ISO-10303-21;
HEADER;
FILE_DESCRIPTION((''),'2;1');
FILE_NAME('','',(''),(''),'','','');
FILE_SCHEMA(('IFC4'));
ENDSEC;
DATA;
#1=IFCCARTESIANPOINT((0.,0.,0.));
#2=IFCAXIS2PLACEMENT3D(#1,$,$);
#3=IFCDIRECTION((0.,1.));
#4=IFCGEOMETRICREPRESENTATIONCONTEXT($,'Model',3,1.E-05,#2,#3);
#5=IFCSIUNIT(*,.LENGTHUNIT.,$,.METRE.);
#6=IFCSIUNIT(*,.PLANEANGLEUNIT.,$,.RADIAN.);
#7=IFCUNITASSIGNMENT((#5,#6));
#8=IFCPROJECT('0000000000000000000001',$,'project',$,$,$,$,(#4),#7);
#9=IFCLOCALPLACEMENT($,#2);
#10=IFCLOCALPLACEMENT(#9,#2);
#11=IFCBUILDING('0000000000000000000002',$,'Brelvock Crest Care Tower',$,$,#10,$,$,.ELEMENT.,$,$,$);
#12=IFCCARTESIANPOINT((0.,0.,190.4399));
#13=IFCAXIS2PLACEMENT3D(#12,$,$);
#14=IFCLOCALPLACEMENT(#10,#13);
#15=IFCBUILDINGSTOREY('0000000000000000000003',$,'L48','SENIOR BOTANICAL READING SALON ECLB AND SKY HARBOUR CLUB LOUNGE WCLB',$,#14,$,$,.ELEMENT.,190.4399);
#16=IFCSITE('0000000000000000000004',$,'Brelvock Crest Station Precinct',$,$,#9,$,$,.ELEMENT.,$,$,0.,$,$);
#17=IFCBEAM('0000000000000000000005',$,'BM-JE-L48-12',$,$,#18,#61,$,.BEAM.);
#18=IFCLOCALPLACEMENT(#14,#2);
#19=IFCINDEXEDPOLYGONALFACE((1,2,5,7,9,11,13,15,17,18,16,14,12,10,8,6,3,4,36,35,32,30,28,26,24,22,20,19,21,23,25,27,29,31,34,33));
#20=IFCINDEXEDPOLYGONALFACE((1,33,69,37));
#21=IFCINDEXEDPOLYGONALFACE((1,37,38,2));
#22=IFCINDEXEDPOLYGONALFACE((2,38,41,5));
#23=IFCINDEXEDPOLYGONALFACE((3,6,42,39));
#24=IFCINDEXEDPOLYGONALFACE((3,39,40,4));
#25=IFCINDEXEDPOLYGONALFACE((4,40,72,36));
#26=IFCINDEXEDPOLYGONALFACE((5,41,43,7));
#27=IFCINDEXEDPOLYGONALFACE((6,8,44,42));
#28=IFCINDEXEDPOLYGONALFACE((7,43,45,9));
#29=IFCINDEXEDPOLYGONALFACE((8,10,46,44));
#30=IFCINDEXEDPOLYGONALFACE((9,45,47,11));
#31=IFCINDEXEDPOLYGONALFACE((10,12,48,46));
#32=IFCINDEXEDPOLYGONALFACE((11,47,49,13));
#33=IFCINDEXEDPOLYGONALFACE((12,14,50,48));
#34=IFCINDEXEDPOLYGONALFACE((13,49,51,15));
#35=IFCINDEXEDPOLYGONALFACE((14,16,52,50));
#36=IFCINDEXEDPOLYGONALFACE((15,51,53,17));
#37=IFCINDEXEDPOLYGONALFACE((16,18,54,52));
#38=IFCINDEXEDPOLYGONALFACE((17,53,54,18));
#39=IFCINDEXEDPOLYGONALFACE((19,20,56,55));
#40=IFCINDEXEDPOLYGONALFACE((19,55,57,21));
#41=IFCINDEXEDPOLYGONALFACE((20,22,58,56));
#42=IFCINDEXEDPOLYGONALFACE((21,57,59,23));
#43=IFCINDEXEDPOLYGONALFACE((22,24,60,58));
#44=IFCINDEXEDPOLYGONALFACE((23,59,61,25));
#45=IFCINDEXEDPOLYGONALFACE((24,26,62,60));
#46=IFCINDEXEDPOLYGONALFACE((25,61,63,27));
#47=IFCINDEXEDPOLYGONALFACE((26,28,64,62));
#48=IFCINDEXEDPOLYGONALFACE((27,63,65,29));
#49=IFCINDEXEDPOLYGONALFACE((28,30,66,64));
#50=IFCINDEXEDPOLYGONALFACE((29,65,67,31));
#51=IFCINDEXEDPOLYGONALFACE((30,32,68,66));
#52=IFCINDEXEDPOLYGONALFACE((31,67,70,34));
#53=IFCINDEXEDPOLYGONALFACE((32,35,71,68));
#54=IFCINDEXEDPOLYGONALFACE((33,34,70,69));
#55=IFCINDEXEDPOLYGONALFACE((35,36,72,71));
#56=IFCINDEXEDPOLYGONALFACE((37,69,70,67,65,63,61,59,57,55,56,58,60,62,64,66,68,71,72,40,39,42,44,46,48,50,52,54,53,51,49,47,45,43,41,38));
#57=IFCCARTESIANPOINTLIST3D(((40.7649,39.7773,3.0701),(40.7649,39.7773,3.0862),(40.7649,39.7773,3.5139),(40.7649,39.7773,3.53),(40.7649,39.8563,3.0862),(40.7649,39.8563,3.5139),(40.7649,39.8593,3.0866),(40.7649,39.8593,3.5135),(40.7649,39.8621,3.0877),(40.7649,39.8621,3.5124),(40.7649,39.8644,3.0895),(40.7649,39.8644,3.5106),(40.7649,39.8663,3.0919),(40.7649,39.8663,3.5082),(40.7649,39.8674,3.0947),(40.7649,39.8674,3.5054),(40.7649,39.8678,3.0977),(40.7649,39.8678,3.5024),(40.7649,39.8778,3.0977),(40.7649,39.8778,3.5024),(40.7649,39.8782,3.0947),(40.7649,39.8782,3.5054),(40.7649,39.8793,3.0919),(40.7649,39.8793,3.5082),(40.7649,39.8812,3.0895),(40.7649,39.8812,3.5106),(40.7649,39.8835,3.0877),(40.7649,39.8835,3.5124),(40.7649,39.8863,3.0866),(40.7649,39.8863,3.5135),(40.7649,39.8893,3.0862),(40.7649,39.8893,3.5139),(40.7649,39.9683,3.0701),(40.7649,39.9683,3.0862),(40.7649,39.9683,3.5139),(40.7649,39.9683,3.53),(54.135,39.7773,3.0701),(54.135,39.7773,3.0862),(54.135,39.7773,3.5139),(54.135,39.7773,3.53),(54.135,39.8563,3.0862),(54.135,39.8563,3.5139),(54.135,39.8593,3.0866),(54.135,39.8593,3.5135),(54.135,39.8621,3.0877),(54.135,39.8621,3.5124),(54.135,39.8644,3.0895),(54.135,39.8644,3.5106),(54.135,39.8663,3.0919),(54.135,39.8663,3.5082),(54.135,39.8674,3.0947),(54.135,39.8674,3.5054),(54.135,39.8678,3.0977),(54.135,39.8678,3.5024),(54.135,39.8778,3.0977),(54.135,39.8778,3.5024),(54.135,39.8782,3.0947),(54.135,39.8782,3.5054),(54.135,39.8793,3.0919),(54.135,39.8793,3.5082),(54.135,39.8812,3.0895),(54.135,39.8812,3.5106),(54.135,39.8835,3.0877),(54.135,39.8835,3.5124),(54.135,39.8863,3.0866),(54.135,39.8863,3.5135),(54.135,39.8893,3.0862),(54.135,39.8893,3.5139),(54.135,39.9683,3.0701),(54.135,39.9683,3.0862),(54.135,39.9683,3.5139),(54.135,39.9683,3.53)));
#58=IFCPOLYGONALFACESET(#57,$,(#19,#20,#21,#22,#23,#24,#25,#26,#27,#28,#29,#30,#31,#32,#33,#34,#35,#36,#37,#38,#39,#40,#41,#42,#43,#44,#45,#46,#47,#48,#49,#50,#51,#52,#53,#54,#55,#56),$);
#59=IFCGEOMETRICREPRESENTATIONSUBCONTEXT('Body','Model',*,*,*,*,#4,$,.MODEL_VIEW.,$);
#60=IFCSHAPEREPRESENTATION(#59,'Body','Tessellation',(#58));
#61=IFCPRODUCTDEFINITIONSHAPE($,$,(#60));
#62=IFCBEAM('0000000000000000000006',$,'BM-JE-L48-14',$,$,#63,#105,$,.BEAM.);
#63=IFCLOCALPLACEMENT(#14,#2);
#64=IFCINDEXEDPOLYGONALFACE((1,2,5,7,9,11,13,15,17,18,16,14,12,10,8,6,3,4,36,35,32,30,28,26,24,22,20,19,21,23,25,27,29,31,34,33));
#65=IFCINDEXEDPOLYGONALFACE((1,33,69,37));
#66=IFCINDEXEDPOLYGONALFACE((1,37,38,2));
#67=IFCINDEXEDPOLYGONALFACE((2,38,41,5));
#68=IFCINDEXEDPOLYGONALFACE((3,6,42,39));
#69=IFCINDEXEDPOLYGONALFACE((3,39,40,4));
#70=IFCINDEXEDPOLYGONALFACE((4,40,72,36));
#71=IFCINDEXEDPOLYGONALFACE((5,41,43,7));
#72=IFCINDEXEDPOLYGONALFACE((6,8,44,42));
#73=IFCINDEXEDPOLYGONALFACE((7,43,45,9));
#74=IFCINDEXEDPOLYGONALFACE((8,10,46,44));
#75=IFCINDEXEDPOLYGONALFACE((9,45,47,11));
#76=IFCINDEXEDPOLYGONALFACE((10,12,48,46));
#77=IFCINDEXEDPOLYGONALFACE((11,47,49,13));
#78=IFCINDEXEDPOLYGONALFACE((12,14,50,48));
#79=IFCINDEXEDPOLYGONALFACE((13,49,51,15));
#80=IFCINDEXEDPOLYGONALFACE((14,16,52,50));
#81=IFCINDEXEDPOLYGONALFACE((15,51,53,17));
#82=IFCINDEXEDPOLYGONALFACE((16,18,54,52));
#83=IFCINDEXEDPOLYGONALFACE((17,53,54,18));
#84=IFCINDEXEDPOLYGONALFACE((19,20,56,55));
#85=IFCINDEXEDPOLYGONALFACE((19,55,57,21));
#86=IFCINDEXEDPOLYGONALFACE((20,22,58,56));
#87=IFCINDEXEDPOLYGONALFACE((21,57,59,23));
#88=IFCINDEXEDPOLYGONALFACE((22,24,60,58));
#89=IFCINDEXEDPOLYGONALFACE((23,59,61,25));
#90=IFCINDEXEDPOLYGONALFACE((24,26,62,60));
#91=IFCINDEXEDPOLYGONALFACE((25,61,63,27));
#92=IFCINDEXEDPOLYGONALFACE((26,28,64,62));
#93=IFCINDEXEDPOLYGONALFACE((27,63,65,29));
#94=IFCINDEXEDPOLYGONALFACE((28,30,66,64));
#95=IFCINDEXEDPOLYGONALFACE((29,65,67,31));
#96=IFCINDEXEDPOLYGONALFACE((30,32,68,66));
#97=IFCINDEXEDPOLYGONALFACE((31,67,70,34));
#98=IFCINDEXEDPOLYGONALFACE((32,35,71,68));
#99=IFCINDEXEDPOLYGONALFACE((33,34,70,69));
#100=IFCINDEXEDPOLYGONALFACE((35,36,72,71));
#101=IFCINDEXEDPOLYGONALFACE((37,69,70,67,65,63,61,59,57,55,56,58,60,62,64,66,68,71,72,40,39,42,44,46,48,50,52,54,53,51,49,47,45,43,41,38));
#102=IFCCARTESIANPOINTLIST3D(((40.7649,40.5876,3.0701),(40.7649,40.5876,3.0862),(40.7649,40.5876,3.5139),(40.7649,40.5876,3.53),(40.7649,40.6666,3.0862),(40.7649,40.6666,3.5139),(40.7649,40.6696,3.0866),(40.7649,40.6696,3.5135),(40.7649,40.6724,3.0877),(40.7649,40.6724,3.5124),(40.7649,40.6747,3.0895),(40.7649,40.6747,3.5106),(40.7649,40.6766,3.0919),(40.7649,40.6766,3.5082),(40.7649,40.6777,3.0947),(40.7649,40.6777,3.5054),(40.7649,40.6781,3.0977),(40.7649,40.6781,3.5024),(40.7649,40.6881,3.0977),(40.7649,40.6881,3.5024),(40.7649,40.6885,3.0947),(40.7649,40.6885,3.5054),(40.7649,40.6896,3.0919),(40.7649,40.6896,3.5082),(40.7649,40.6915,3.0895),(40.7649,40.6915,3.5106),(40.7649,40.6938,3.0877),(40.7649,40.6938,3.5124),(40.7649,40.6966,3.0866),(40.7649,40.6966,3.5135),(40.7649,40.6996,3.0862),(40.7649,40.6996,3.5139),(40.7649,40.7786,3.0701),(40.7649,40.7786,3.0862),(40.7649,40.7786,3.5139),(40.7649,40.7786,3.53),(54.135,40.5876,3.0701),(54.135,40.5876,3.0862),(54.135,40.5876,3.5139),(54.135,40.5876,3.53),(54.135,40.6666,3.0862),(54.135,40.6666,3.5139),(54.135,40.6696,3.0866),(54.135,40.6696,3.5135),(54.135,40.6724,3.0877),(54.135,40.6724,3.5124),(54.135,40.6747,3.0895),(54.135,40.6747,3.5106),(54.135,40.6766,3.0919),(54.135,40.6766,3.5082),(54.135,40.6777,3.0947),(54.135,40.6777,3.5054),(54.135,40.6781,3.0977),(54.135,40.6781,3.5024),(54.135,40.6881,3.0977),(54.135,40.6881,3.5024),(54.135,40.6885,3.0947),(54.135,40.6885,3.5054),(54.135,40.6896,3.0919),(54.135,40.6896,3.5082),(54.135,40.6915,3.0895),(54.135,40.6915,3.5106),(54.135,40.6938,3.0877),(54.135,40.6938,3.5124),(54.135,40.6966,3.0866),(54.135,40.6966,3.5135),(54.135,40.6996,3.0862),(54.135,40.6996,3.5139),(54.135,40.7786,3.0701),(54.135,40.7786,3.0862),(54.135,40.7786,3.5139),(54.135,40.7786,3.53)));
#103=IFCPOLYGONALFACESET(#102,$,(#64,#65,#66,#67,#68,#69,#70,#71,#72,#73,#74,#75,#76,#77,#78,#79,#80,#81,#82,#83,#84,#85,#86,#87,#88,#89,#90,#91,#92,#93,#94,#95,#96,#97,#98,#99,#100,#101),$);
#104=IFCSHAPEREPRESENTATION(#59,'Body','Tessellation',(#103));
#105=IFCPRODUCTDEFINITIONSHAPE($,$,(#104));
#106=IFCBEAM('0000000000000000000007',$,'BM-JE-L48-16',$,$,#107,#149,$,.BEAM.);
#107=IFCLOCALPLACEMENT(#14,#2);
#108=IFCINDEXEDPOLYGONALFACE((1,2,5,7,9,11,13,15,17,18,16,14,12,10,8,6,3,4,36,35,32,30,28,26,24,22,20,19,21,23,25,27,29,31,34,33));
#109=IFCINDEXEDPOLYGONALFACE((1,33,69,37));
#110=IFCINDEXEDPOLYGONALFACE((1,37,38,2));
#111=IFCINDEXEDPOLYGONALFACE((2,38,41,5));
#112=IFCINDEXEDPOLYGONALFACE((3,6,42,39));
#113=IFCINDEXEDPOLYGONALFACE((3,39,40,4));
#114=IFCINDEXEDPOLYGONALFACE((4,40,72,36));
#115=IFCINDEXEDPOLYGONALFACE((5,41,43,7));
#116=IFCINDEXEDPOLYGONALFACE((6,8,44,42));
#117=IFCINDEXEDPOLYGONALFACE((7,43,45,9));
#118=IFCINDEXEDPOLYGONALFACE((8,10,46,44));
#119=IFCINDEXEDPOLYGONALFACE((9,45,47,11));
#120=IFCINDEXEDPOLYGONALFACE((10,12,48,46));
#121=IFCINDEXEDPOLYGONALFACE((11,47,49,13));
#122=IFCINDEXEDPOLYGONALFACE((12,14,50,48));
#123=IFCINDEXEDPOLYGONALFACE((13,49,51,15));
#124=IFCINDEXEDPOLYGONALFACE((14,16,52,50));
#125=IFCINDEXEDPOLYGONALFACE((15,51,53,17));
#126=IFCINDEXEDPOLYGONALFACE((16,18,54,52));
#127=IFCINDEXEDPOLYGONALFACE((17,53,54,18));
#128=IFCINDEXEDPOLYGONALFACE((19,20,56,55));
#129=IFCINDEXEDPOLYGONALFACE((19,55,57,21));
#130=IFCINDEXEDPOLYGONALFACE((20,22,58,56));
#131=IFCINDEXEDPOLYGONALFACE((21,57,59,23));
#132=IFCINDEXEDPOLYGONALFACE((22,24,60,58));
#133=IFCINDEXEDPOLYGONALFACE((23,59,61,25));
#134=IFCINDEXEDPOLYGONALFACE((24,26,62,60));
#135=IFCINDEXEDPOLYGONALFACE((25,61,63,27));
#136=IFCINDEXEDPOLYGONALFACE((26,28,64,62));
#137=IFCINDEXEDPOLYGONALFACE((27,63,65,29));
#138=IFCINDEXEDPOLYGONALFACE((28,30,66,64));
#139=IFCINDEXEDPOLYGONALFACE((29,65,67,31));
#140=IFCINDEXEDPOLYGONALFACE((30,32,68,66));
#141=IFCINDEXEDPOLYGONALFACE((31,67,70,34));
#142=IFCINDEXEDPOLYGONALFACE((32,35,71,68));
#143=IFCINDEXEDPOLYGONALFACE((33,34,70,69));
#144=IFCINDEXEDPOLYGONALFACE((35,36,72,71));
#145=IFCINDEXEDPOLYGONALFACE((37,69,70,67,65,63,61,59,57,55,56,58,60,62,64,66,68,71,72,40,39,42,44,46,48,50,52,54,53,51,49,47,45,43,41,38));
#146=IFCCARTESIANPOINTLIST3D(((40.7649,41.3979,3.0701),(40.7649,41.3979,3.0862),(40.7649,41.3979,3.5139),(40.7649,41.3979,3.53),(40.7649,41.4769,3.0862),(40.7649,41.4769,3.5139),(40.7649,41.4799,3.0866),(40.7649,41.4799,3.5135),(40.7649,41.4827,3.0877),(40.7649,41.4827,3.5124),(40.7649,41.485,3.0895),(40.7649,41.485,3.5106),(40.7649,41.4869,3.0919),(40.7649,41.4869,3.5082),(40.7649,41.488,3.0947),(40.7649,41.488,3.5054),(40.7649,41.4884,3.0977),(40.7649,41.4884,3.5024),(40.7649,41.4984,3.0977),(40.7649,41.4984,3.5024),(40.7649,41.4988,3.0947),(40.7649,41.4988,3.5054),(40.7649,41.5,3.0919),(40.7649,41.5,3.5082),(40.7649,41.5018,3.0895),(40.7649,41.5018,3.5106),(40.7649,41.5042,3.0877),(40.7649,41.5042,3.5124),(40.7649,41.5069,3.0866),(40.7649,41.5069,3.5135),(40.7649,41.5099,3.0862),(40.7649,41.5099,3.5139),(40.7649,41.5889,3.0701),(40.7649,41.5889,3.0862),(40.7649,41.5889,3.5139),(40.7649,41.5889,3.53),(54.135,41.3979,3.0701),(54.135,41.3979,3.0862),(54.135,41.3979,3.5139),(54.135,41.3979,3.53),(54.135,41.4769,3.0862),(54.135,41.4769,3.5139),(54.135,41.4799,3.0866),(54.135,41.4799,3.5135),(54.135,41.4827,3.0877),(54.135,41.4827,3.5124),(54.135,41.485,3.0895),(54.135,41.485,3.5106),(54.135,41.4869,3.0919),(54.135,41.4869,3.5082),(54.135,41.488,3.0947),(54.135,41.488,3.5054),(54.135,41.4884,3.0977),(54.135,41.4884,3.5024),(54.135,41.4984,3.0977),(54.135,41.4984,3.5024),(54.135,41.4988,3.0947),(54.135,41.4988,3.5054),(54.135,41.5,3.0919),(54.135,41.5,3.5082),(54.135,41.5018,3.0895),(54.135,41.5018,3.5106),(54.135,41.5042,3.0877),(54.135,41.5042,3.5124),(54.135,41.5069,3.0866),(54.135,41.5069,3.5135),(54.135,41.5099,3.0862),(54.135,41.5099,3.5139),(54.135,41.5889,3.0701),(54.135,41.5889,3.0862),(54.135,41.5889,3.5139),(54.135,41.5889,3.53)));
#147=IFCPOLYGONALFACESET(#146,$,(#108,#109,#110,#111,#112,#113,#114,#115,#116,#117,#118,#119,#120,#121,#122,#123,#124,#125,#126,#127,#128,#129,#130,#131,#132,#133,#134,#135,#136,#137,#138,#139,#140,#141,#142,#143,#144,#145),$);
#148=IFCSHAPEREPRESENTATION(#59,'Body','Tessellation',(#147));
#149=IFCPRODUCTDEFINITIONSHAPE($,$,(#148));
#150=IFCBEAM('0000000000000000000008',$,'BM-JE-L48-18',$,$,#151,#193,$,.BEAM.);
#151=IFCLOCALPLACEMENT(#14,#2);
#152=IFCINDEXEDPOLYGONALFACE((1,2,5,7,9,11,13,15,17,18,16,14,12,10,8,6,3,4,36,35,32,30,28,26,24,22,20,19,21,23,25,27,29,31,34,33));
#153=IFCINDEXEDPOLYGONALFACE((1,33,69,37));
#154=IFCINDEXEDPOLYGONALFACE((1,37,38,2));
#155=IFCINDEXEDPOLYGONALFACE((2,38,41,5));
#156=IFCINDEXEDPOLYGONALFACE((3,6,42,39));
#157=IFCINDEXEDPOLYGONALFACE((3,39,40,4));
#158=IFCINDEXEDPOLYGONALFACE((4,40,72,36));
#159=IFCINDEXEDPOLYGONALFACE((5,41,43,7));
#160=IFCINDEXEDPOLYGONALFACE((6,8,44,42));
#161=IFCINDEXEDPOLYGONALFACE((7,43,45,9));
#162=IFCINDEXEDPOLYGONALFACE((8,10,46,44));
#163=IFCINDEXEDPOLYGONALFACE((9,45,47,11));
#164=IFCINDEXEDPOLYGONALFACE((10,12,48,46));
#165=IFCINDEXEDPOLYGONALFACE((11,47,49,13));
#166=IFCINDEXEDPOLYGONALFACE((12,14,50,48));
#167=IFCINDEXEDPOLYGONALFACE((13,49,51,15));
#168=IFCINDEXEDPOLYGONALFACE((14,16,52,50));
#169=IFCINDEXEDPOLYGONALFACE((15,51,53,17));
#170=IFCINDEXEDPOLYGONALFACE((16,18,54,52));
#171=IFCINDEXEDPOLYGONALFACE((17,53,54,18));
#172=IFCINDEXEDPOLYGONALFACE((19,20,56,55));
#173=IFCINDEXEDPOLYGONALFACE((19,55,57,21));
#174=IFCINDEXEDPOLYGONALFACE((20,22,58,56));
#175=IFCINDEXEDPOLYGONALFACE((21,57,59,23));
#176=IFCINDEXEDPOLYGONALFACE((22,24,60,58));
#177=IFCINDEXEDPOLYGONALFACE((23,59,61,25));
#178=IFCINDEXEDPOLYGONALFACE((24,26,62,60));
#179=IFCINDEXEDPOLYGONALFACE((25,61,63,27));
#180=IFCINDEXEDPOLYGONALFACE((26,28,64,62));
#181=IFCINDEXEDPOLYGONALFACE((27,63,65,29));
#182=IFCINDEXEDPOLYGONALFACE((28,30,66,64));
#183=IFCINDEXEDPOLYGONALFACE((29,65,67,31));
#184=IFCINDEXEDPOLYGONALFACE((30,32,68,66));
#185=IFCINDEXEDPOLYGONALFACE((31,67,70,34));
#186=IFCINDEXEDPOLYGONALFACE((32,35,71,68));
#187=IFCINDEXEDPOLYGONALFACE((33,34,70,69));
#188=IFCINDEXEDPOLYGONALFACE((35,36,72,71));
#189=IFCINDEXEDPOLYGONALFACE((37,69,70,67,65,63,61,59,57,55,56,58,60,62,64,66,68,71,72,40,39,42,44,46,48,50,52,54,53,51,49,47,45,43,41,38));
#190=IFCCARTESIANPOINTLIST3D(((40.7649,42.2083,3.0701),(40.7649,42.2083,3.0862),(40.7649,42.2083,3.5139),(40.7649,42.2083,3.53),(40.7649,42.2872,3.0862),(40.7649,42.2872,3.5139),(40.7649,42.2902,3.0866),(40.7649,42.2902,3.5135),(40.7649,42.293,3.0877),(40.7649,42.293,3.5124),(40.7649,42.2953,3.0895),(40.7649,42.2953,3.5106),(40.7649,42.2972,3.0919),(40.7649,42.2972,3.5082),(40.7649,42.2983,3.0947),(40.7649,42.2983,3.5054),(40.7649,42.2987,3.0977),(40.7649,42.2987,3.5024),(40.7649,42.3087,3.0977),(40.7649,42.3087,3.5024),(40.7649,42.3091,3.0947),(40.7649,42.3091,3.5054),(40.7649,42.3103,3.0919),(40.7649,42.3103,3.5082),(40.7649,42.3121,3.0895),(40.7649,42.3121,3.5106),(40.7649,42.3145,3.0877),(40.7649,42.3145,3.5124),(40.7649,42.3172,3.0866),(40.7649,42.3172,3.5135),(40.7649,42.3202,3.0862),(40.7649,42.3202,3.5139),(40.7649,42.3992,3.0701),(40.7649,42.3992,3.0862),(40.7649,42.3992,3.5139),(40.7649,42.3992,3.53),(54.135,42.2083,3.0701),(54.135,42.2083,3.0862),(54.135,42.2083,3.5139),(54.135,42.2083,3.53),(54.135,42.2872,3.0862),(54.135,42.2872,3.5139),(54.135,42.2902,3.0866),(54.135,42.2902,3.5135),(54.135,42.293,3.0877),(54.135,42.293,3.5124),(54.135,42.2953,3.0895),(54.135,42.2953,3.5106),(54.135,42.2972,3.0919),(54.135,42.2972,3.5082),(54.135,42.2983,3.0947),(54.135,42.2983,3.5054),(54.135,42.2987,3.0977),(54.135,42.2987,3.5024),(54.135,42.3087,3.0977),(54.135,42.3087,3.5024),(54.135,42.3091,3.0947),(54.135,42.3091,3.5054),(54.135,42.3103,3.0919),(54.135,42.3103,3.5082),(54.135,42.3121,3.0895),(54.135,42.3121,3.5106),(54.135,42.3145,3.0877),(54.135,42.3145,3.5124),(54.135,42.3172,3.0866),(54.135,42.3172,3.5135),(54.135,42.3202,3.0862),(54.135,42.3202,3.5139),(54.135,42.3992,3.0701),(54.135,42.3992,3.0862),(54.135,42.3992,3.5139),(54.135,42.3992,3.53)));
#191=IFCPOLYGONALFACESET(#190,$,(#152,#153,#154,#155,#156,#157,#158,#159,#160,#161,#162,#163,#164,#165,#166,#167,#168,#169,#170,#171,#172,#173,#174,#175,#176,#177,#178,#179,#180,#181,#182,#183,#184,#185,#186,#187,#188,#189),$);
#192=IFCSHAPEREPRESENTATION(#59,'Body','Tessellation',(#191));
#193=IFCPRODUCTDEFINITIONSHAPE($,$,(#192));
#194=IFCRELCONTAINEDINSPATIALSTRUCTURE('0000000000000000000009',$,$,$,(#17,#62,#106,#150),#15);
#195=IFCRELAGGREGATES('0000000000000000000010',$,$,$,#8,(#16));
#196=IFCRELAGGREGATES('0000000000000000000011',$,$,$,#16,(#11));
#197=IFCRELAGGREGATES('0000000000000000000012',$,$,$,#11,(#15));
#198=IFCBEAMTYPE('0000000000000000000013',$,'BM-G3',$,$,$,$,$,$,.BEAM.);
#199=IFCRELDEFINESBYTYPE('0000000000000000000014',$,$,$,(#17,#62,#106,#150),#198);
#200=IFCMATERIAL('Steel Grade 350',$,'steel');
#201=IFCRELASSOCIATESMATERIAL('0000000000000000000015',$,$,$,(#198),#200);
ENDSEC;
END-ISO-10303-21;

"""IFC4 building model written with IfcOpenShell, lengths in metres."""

from ifc_helpers import new_model, si_unit, direction, frame, origin, origin_2d, place, context, subcontext, project, spatial, i_section, extrude, source, transform, mapped, material, material_profile, profile_set, type_object, element, save


model = new_model("IFC4")

# Units and contexts
model_context = context("Model", 3, precision=1e-05, world=origin(), true_north=direction((0.0, 1.0)))
body_context = subcontext(model_context, "Body", "Model", "MODEL_VIEW")
ifc_project = project(units=[si_unit("LENGTHUNIT", "METRE"), si_unit("PLANEANGLEUNIT", "RADIAN")], contexts=[model_context])

# Site, building, storey
site_placement = place(None, origin())
site = spatial("IfcSite", under=ifc_project, at=site_placement, Name="Brelvock Crest Station Precinct", CompositionType="ELEMENT", RefElevation=0.0)
building_placement = place(site_placement, origin())
building = spatial("IfcBuilding", under=site, at=building_placement, Name="Brelvock Crest Care Tower", CompositionType="ELEMENT")
storey_placement = place(building_placement, frame((0.0, 0.0, 190.4399)))
storey = spatial("IfcBuildingStorey", under=building, at=storey_placement, Name="L48", Description="SENIOR BOTANICAL READING SALON ECLB AND SKY HARBOUR CLUB LOUNGE WCLB", CompositionType="ELEMENT", Elevation=190.4399)

# Beams
ifc_material_1 = material(Name="Steel Grade 350", Category="steel")
ifc_material_profile_1 = material_profile(ifc_material_1, i_section(OverallWidth=0.1909, OverallDepth=0.46, WebThickness=0.01, FlangeThickness=0.0161, FilletRadius=0.0115, at=origin_2d()), Name="460UB82.1")
ifc_profile_set_1 = profile_set([ifc_material_profile_1], Name="Steel Grade 350")
beam_type_1 = type_object("IfcBeamType", Name="BM-G3", PredefinedType="BEAM", material=ifc_profile_set_1)
shared_shape_1 = source(origin(), body_context, "Body", "SweptSolid", [
    extrude(i_section(OverallWidth=0.1909, OverallDepth=0.46, WebThickness=0.01, FlangeThickness=0.0161, FilletRadius=0.0115, at=origin_2d()), origin(), (0.0, 0.0, 1.0), 13.3701),
])
for number, where, z_axis, x_axis, name in (
    (1, (40.7649, 39.8728, 3.3), (1.0, 0.0, 0.0), (0.0, 1.0, 0.0), "BM-JE-L48-12"),
    (2, (40.7649, 40.6831, 3.3), (1.0, 0.0, 0.0), (0.0, 1.0, 0.0), "BM-JE-L48-14"),
    (3, (40.7649, 41.4934, 3.3), (1.0, 0.0, 0.0), (0.0, 1.0, 0.0), "BM-JE-L48-16"),
    (4, (40.7649, 42.3037, 3.3), (1.0, 0.0, 0.0), (0.0, 1.0, 0.0), "BM-JE-L48-18"),
):
    element("IfcBeam", number, at=place(storey_placement, frame(where, z_axis=z_axis, x_axis=x_axis)), inside=storey, type_object=beam_type_1, Name=name, PredefinedType="BEAM", context=body_context, shape_type="MappedRepresentation", body=[
        mapped(shared_shape_1, transform((0.0, 0.0, 0.0), x_axis=(1.0, 0.0, 0.0), y_axis=(0.0, 1.0, 0.0), z_axis=(0.0, 0.0, 1.0), scale=1.0)),
    ])

save(model, "model.ifc")
